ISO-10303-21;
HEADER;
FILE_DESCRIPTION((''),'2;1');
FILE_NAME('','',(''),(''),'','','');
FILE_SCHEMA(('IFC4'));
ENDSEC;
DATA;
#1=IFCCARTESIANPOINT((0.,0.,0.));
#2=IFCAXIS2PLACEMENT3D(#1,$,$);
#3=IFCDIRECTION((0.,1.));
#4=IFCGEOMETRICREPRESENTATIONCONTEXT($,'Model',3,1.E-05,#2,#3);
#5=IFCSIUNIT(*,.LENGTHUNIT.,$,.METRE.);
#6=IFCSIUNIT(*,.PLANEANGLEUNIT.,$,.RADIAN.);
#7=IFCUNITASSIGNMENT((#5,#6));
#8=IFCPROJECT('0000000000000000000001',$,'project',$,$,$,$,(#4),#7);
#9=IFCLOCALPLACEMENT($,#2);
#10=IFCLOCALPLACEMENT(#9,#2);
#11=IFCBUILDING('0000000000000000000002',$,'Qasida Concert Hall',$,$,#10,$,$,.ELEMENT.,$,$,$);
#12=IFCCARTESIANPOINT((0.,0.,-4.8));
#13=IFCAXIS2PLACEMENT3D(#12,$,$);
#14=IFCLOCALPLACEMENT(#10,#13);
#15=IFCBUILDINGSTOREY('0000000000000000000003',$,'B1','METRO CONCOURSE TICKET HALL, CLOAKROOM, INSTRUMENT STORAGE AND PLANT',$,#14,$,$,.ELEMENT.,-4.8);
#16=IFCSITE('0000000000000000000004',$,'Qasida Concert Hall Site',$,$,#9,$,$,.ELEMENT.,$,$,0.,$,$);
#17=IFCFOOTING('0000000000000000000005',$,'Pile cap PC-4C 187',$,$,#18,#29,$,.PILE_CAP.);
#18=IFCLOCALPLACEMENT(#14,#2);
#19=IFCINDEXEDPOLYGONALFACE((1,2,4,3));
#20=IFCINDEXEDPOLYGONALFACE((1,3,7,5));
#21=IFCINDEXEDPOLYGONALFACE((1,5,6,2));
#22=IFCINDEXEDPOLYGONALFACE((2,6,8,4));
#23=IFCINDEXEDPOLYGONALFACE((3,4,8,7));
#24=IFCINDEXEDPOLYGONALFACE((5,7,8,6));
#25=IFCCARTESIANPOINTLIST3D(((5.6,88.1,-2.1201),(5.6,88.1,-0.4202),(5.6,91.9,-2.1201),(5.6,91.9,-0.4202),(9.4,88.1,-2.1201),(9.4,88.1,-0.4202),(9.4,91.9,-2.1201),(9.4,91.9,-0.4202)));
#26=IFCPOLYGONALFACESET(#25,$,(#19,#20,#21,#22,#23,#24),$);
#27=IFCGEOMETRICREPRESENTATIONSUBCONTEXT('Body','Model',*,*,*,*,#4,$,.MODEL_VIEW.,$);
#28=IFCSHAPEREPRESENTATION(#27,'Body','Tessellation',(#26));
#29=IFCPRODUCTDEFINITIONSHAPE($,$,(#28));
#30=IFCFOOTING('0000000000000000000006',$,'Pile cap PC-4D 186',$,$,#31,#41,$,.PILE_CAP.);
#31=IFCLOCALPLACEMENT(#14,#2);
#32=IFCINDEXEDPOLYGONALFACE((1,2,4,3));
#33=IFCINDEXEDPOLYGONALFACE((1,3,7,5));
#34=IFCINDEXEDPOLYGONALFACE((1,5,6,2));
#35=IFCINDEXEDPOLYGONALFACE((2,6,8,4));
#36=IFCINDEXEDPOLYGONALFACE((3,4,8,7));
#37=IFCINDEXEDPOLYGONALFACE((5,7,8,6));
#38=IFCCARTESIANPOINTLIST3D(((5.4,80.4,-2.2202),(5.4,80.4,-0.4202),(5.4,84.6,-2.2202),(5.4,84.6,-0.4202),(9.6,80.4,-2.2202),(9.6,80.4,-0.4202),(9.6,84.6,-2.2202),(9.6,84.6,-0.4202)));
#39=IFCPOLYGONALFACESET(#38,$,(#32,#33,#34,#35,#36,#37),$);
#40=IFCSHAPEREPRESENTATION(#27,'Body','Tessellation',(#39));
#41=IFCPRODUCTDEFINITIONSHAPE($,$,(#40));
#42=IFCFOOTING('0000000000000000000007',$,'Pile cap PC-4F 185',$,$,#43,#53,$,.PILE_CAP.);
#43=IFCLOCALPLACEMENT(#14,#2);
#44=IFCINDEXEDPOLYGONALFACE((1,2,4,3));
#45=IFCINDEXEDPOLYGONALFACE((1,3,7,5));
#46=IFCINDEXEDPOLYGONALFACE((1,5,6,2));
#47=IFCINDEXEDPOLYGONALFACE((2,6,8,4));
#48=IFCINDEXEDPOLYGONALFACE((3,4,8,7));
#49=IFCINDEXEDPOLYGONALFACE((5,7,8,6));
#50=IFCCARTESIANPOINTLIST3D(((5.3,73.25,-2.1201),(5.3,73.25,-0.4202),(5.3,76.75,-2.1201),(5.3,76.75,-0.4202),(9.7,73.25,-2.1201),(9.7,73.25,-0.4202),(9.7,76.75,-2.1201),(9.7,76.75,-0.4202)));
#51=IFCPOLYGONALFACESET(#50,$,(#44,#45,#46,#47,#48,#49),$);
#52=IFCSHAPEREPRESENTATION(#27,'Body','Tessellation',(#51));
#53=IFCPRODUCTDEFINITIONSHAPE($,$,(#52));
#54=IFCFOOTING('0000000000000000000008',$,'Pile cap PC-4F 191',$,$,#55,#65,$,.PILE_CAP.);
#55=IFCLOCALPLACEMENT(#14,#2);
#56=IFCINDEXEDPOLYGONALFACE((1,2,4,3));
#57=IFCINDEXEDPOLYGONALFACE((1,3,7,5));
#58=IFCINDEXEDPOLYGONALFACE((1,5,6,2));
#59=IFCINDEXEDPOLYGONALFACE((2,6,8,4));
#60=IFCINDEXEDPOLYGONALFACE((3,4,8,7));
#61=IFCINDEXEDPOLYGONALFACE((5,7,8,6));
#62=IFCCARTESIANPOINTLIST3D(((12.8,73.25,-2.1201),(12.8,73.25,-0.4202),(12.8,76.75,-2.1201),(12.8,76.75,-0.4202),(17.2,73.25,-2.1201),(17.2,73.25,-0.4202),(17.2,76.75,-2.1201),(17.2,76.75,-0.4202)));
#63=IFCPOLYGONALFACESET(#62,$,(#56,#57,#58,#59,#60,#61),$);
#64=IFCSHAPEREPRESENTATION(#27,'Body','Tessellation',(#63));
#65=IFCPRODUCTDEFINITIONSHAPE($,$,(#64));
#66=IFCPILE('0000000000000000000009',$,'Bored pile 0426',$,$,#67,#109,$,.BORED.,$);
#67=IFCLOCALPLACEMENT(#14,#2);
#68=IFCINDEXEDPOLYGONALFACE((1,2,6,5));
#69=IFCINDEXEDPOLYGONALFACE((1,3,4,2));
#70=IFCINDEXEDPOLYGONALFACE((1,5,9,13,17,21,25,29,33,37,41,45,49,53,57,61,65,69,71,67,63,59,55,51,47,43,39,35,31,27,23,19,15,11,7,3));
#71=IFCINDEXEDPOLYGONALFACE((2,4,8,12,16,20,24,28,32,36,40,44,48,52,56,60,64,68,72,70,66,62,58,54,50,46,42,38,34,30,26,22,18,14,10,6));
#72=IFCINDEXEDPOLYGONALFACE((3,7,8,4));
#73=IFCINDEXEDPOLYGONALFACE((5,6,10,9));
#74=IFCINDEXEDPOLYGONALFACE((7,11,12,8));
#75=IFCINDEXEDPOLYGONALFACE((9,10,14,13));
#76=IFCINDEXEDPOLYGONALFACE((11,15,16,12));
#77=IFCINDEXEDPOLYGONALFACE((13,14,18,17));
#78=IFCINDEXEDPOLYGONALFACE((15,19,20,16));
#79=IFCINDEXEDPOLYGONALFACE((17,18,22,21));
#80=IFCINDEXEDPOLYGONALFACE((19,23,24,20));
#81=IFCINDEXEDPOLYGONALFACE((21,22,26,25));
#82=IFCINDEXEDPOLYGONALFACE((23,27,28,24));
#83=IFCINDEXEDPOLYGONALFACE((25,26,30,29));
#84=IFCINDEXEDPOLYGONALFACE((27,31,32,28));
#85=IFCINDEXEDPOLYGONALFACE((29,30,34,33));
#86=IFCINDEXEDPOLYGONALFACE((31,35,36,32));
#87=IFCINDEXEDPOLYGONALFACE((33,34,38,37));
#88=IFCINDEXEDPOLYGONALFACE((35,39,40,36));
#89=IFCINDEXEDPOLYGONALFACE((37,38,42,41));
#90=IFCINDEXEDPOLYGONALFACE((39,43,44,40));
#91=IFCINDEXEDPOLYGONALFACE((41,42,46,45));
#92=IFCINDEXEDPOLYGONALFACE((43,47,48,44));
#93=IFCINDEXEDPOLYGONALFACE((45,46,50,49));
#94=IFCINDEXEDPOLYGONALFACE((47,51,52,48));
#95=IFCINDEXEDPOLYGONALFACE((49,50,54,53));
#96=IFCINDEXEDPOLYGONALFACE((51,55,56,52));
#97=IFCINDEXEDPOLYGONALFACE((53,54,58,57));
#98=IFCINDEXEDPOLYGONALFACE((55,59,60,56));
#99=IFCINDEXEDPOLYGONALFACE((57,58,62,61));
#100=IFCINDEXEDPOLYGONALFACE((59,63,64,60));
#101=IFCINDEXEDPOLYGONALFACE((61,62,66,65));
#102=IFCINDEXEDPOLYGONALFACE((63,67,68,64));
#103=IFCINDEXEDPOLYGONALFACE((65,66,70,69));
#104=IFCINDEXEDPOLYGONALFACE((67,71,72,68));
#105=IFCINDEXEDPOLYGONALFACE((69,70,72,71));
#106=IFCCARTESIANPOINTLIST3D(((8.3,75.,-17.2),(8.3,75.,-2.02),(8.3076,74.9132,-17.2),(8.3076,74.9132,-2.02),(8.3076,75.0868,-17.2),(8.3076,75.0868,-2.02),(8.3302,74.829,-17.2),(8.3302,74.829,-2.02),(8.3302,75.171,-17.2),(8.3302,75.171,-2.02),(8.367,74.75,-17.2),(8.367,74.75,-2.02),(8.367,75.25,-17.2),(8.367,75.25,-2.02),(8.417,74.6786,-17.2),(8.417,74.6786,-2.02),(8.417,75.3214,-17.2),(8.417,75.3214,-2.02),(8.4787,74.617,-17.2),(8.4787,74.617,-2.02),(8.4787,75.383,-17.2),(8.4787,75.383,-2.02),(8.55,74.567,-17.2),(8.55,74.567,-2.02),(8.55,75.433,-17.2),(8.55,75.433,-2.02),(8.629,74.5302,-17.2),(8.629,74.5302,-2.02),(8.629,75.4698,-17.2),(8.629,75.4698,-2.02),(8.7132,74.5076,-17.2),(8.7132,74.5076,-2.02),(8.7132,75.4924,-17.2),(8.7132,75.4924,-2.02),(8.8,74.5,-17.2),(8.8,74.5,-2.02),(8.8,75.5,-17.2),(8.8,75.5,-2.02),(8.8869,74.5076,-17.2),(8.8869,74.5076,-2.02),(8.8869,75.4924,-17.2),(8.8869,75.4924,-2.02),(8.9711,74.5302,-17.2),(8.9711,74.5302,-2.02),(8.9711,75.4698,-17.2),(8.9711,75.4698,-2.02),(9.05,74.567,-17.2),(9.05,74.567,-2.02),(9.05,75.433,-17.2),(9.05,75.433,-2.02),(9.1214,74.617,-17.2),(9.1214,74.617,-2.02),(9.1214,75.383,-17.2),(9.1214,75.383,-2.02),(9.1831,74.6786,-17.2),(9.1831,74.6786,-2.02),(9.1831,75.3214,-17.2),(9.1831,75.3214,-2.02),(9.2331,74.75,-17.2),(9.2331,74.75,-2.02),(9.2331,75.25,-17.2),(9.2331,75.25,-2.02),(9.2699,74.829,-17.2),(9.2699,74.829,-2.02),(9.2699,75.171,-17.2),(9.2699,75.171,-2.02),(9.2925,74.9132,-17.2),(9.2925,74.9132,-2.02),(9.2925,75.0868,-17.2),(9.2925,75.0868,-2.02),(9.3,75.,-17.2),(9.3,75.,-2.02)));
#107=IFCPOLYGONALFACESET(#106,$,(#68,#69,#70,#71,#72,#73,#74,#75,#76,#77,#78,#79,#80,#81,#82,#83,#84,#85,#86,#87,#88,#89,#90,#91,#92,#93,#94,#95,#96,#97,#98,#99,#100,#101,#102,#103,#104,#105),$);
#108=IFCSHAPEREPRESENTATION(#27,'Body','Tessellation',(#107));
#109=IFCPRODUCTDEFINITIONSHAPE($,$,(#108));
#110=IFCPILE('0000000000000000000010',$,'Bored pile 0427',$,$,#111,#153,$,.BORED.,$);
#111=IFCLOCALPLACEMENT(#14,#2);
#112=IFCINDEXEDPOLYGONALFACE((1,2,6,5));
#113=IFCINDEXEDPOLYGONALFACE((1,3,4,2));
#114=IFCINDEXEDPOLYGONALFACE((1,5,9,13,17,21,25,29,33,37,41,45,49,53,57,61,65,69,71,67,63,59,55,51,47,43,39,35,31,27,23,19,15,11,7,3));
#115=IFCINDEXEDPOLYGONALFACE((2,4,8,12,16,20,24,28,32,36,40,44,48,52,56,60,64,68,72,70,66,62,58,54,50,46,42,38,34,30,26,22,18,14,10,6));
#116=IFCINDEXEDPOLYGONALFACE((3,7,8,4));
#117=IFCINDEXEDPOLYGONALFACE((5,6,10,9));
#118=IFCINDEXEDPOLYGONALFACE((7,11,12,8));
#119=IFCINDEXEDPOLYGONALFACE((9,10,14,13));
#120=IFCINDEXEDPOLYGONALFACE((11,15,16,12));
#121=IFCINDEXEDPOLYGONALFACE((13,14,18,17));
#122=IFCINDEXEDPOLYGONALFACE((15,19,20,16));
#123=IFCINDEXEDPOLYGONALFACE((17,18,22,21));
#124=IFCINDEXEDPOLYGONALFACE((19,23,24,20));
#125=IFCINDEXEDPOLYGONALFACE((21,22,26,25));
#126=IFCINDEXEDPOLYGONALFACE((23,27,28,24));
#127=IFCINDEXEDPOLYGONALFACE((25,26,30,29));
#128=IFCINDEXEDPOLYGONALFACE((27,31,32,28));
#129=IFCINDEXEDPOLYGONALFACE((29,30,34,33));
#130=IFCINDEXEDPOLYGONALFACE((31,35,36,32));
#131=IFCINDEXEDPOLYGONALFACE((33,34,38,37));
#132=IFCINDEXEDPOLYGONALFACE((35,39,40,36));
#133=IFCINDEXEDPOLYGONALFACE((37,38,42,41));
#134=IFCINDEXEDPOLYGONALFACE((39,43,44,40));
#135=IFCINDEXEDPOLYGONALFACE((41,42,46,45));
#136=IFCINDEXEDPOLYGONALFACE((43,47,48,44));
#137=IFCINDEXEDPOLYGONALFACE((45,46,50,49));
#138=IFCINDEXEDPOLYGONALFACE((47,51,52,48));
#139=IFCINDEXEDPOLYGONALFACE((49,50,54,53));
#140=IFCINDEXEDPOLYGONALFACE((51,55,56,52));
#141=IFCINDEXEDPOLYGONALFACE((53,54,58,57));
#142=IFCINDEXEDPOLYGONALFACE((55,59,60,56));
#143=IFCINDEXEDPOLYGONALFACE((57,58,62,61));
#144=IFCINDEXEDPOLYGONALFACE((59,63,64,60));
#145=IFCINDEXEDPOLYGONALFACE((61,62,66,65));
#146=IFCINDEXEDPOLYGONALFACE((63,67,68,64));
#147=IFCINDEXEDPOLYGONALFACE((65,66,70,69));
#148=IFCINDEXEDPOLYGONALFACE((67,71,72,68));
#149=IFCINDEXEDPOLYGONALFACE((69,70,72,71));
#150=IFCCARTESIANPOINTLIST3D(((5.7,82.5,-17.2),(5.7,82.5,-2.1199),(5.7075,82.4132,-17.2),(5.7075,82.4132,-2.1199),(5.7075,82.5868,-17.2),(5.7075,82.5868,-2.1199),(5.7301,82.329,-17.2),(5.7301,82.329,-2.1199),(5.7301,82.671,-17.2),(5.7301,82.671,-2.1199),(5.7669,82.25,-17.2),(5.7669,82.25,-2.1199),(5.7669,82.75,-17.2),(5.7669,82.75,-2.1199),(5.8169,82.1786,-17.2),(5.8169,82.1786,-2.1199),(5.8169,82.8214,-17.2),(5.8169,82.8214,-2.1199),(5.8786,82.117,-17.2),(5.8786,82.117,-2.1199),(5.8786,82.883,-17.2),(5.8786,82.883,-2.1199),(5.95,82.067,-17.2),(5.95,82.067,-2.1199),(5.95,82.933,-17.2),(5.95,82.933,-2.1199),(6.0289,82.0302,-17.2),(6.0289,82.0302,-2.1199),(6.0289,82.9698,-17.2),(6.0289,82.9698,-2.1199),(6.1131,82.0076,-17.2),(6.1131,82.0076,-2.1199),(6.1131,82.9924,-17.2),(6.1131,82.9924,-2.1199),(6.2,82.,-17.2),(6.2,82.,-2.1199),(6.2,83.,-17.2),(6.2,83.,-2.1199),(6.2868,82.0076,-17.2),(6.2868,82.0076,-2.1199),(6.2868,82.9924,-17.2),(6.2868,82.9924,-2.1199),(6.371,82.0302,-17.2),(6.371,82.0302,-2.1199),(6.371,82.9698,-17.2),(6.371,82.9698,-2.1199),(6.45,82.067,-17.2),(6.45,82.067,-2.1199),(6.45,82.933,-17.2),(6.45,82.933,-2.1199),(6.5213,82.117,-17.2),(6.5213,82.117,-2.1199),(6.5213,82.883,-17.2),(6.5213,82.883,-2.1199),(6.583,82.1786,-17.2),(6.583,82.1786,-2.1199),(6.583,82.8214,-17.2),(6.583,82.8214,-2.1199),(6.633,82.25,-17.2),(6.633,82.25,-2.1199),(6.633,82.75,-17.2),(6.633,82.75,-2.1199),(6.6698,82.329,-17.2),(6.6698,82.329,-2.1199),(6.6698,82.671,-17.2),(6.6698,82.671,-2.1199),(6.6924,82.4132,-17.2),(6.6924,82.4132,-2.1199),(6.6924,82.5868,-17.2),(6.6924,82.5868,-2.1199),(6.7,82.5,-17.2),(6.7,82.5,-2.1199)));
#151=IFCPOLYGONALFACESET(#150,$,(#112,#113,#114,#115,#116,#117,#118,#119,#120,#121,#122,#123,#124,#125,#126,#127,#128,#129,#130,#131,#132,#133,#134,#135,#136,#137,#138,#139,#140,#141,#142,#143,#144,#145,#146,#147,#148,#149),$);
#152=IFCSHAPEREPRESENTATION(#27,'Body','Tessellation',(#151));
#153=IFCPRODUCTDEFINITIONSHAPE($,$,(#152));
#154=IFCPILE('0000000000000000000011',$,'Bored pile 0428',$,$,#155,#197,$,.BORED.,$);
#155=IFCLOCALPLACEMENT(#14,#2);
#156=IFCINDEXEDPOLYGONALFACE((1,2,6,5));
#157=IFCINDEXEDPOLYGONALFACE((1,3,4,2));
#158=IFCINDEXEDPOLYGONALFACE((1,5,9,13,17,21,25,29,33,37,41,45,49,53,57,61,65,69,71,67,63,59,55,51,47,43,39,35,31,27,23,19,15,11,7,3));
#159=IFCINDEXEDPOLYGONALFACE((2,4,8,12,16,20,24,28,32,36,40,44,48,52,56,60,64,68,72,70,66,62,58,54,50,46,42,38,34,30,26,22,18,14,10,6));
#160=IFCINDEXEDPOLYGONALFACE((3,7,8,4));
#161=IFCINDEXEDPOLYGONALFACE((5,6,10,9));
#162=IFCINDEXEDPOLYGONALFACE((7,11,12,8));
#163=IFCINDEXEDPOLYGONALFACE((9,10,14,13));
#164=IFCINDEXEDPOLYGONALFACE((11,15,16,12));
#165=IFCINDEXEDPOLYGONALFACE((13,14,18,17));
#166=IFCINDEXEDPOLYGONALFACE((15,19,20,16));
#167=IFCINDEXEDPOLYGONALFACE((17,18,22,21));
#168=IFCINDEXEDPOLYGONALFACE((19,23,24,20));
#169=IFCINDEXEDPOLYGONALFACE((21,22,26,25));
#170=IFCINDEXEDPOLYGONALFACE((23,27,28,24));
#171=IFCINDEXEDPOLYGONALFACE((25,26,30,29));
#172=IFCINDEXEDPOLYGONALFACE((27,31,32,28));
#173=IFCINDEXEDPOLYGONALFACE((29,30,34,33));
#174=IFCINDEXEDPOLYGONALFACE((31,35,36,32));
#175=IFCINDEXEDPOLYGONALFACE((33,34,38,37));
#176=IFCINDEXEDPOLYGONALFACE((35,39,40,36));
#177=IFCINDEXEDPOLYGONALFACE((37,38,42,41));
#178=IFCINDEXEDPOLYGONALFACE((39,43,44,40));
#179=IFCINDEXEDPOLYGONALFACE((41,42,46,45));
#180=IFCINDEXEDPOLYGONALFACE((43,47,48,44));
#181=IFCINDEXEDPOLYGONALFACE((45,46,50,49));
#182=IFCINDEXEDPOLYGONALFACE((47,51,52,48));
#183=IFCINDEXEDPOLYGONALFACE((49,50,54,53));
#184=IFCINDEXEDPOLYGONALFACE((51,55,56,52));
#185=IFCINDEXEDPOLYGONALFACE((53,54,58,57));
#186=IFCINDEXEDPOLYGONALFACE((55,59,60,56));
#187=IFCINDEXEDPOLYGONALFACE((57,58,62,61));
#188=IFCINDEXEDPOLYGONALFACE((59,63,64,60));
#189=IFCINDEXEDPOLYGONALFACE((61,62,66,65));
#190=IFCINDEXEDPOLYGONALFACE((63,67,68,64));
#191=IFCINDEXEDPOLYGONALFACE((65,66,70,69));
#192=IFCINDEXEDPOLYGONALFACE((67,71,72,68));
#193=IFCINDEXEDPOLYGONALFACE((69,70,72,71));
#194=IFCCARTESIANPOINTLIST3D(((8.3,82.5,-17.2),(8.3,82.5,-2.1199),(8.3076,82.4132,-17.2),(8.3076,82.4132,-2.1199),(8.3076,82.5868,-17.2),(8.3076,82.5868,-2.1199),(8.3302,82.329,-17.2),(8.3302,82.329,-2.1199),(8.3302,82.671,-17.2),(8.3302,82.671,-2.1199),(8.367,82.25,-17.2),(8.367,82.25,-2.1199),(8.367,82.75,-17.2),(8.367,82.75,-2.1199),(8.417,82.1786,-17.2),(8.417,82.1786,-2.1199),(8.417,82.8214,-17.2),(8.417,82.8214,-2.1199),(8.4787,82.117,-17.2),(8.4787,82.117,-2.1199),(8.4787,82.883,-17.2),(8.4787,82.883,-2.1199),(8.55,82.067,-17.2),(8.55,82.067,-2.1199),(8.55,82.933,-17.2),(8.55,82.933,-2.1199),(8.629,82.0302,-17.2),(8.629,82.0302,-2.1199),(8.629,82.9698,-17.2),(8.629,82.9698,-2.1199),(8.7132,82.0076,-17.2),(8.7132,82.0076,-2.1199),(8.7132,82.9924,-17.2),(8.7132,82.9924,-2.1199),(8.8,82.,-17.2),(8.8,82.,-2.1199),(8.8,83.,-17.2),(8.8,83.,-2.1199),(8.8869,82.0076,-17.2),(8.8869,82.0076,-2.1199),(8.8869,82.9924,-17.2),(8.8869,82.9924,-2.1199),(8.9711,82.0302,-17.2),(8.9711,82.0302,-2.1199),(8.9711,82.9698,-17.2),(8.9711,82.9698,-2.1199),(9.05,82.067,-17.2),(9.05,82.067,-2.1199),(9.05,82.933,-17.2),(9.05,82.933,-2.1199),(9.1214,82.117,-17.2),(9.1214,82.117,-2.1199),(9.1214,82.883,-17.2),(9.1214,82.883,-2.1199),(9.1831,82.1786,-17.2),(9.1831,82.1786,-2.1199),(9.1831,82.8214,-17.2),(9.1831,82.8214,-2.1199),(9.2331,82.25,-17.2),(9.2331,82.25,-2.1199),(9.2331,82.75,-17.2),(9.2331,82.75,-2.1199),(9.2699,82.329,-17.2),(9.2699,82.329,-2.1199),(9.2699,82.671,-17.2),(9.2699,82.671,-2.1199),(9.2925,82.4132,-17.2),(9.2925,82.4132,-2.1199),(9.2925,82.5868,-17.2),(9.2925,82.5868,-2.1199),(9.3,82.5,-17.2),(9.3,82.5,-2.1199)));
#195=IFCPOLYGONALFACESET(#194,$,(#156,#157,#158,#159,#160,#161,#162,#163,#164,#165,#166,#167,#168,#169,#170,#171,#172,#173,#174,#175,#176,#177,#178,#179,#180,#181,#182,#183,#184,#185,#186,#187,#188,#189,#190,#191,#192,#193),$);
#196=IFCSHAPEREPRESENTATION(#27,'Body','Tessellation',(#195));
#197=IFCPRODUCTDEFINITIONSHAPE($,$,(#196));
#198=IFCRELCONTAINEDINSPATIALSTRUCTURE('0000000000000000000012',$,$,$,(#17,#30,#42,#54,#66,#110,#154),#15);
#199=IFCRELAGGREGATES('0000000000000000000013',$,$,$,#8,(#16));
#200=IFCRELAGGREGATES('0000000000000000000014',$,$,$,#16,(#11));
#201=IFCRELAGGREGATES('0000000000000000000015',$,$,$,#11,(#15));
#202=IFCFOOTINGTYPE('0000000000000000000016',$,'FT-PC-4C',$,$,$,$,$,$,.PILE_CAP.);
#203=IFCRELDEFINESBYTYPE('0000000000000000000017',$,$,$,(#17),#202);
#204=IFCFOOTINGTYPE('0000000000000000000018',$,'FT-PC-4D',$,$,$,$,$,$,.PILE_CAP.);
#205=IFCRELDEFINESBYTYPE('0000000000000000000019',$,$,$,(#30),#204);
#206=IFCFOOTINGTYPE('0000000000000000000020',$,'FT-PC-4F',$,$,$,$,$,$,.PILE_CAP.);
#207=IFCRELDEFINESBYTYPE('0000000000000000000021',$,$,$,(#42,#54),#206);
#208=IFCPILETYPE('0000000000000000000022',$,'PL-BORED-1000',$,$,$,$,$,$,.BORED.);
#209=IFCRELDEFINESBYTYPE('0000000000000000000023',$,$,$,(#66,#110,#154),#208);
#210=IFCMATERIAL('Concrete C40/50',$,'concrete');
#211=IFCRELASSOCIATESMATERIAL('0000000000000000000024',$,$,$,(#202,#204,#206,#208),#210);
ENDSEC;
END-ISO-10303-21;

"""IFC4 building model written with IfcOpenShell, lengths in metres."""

from ifc_helpers import new_model, si_unit, direction, frame, origin, origin_2d, place, context, subcontext, project, spatial, rectangle, circle, extrude, material, material_profile, profile_set, type_object, element, save


model = new_model("IFC4")

# Units and contexts
model_context = context("Model", 3, precision=1e-05, world=origin(), true_north=direction((0.0, 1.0)))
body_context = subcontext(model_context, "Body", "Model", "MODEL_VIEW")
ifc_project = project(units=[si_unit("LENGTHUNIT", "METRE"), si_unit("PLANEANGLEUNIT", "RADIAN")], contexts=[model_context])

# Site, building, storey
site_placement = place(None, origin())
site = spatial("IfcSite", under=ifc_project, at=site_placement, Name="Qasida Concert Hall Site", CompositionType="ELEMENT", RefElevation=0.0)
building_placement = place(site_placement, origin())
building = spatial("IfcBuilding", under=site, at=building_placement, Name="Qasida Concert Hall", CompositionType="ELEMENT")
storey_placement = place(building_placement, frame((0.0, 0.0, -4.8)))
storey = spatial("IfcBuildingStorey", under=building, at=storey_placement, Name="B1", Description="METRO CONCOURSE TICKET HALL, CLOAKROOM, INSTRUMENT STORAGE AND PLANT", CompositionType="ELEMENT", Elevation=-4.8)

# Footings
ifc_material_1 = material(Name="Concrete C40/50", Category="concrete")
footing_type_1 = type_object("IfcFootingType", Name="FT-PC-4C", PredefinedType="PILE_CAP", material=ifc_material_1)
footing_1_placement = place(storey_placement, frame((7.5, 90.0, -2.1201), z_axis=(0.0, 0.0, 1.0), x_axis=(1.0, 0.0, 0.0)))
element("IfcFooting", 1, at=footing_1_placement, inside=storey, type_object=footing_type_1, Name="Pile cap PC-4C 187", PredefinedType="PILE_CAP", context=body_context, shape_type="SweptSolid", body=[
    extrude(rectangle(XDim=3.8, YDim=3.8, at=origin_2d()), origin(), (0.0, 0.0, 1.0), 1.7),
])
footing_type_2 = type_object("IfcFootingType", Name="FT-PC-4D", PredefinedType="PILE_CAP", material=ifc_material_1)
footing_2_placement = place(storey_placement, frame((7.5, 82.5, -2.2202), z_axis=(0.0, 0.0, 1.0), x_axis=(1.0, 0.0, 0.0)))
element("IfcFooting", 2, at=footing_2_placement, inside=storey, type_object=footing_type_2, Name="Pile cap PC-4D 186", PredefinedType="PILE_CAP", context=body_context, shape_type="SweptSolid", body=[
    extrude(rectangle(XDim=4.2, YDim=4.2, at=origin_2d()), origin(), (0.0, 0.0, 1.0), 1.8),
])
footing_type_3 = type_object("IfcFootingType", Name="FT-PC-4F", PredefinedType="PILE_CAP", material=ifc_material_1)
for number, where, z_axis, x_axis, name in (
    (3, (7.5, 75.0, -2.1201), (0.0, 0.0, 1.0), (1.0, 0.0, 0.0), "Pile cap PC-4F 185"),
    (4, (15.0, 75.0, -2.1201), (0.0, 0.0, 1.0), (1.0, 0.0, 0.0), "Pile cap PC-4F 191"),
):
    element("IfcFooting", number, at=place(storey_placement, frame(where, z_axis=z_axis, x_axis=x_axis)), inside=storey, type_object=footing_type_3, Name=name, PredefinedType="PILE_CAP", context=body_context, shape_type="SweptSolid", body=[
        extrude(rectangle(XDim=4.3999, YDim=3.5, at=origin_2d()), origin(), (0.0, 0.0, 1.0), 1.7),
    ])

# Piles
ifc_material_profile_1 = material_profile(ifc_material_1, circle(Radius=0.5, at=origin_2d()), Name="BORED PILE D1000")
ifc_profile_set_1 = profile_set([ifc_material_profile_1], Name="Concrete C40/50")
pile_type = type_object("IfcPileType", Name="PL-BORED-1000", PredefinedType="BORED", material=ifc_profile_set_1)
pile_1_placement = place(storey_placement, frame((8.8, 75.0, -2.02), z_axis=(0.0, 0.0, -1.0), x_axis=(1.0, 0.0, 0.0)))
element("IfcPile", 5, at=pile_1_placement, inside=storey, type_object=pile_type, Name="Bored pile 0426", PredefinedType="BORED", context=body_context, shape_type="SweptSolid", body=[
    extrude(circle(Radius=0.5, at=origin_2d()), origin(), (0.0, 0.0, 1.0), 15.1799),
])
for number, where, z_axis, x_axis, name in (
    (6, (6.2, 82.5, -2.1199), (0.0, 0.0, -1.0), (1.0, 0.0, 0.0), "Bored pile 0427"),
    (7, (8.8, 82.5, -2.1199), (0.0, 0.0, -1.0), (1.0, 0.0, 0.0), "Bored pile 0428"),
):
    element("IfcPile", number, at=place(storey_placement, frame(where, z_axis=z_axis, x_axis=x_axis)), inside=storey, type_object=pile_type, Name=name, PredefinedType="BORED", context=body_context, shape_type="SweptSolid", body=[
        extrude(circle(Radius=0.5, at=origin_2d()), origin(), (0.0, 0.0, 1.0), 15.0801),
    ])

save(model, "model.ifc")
